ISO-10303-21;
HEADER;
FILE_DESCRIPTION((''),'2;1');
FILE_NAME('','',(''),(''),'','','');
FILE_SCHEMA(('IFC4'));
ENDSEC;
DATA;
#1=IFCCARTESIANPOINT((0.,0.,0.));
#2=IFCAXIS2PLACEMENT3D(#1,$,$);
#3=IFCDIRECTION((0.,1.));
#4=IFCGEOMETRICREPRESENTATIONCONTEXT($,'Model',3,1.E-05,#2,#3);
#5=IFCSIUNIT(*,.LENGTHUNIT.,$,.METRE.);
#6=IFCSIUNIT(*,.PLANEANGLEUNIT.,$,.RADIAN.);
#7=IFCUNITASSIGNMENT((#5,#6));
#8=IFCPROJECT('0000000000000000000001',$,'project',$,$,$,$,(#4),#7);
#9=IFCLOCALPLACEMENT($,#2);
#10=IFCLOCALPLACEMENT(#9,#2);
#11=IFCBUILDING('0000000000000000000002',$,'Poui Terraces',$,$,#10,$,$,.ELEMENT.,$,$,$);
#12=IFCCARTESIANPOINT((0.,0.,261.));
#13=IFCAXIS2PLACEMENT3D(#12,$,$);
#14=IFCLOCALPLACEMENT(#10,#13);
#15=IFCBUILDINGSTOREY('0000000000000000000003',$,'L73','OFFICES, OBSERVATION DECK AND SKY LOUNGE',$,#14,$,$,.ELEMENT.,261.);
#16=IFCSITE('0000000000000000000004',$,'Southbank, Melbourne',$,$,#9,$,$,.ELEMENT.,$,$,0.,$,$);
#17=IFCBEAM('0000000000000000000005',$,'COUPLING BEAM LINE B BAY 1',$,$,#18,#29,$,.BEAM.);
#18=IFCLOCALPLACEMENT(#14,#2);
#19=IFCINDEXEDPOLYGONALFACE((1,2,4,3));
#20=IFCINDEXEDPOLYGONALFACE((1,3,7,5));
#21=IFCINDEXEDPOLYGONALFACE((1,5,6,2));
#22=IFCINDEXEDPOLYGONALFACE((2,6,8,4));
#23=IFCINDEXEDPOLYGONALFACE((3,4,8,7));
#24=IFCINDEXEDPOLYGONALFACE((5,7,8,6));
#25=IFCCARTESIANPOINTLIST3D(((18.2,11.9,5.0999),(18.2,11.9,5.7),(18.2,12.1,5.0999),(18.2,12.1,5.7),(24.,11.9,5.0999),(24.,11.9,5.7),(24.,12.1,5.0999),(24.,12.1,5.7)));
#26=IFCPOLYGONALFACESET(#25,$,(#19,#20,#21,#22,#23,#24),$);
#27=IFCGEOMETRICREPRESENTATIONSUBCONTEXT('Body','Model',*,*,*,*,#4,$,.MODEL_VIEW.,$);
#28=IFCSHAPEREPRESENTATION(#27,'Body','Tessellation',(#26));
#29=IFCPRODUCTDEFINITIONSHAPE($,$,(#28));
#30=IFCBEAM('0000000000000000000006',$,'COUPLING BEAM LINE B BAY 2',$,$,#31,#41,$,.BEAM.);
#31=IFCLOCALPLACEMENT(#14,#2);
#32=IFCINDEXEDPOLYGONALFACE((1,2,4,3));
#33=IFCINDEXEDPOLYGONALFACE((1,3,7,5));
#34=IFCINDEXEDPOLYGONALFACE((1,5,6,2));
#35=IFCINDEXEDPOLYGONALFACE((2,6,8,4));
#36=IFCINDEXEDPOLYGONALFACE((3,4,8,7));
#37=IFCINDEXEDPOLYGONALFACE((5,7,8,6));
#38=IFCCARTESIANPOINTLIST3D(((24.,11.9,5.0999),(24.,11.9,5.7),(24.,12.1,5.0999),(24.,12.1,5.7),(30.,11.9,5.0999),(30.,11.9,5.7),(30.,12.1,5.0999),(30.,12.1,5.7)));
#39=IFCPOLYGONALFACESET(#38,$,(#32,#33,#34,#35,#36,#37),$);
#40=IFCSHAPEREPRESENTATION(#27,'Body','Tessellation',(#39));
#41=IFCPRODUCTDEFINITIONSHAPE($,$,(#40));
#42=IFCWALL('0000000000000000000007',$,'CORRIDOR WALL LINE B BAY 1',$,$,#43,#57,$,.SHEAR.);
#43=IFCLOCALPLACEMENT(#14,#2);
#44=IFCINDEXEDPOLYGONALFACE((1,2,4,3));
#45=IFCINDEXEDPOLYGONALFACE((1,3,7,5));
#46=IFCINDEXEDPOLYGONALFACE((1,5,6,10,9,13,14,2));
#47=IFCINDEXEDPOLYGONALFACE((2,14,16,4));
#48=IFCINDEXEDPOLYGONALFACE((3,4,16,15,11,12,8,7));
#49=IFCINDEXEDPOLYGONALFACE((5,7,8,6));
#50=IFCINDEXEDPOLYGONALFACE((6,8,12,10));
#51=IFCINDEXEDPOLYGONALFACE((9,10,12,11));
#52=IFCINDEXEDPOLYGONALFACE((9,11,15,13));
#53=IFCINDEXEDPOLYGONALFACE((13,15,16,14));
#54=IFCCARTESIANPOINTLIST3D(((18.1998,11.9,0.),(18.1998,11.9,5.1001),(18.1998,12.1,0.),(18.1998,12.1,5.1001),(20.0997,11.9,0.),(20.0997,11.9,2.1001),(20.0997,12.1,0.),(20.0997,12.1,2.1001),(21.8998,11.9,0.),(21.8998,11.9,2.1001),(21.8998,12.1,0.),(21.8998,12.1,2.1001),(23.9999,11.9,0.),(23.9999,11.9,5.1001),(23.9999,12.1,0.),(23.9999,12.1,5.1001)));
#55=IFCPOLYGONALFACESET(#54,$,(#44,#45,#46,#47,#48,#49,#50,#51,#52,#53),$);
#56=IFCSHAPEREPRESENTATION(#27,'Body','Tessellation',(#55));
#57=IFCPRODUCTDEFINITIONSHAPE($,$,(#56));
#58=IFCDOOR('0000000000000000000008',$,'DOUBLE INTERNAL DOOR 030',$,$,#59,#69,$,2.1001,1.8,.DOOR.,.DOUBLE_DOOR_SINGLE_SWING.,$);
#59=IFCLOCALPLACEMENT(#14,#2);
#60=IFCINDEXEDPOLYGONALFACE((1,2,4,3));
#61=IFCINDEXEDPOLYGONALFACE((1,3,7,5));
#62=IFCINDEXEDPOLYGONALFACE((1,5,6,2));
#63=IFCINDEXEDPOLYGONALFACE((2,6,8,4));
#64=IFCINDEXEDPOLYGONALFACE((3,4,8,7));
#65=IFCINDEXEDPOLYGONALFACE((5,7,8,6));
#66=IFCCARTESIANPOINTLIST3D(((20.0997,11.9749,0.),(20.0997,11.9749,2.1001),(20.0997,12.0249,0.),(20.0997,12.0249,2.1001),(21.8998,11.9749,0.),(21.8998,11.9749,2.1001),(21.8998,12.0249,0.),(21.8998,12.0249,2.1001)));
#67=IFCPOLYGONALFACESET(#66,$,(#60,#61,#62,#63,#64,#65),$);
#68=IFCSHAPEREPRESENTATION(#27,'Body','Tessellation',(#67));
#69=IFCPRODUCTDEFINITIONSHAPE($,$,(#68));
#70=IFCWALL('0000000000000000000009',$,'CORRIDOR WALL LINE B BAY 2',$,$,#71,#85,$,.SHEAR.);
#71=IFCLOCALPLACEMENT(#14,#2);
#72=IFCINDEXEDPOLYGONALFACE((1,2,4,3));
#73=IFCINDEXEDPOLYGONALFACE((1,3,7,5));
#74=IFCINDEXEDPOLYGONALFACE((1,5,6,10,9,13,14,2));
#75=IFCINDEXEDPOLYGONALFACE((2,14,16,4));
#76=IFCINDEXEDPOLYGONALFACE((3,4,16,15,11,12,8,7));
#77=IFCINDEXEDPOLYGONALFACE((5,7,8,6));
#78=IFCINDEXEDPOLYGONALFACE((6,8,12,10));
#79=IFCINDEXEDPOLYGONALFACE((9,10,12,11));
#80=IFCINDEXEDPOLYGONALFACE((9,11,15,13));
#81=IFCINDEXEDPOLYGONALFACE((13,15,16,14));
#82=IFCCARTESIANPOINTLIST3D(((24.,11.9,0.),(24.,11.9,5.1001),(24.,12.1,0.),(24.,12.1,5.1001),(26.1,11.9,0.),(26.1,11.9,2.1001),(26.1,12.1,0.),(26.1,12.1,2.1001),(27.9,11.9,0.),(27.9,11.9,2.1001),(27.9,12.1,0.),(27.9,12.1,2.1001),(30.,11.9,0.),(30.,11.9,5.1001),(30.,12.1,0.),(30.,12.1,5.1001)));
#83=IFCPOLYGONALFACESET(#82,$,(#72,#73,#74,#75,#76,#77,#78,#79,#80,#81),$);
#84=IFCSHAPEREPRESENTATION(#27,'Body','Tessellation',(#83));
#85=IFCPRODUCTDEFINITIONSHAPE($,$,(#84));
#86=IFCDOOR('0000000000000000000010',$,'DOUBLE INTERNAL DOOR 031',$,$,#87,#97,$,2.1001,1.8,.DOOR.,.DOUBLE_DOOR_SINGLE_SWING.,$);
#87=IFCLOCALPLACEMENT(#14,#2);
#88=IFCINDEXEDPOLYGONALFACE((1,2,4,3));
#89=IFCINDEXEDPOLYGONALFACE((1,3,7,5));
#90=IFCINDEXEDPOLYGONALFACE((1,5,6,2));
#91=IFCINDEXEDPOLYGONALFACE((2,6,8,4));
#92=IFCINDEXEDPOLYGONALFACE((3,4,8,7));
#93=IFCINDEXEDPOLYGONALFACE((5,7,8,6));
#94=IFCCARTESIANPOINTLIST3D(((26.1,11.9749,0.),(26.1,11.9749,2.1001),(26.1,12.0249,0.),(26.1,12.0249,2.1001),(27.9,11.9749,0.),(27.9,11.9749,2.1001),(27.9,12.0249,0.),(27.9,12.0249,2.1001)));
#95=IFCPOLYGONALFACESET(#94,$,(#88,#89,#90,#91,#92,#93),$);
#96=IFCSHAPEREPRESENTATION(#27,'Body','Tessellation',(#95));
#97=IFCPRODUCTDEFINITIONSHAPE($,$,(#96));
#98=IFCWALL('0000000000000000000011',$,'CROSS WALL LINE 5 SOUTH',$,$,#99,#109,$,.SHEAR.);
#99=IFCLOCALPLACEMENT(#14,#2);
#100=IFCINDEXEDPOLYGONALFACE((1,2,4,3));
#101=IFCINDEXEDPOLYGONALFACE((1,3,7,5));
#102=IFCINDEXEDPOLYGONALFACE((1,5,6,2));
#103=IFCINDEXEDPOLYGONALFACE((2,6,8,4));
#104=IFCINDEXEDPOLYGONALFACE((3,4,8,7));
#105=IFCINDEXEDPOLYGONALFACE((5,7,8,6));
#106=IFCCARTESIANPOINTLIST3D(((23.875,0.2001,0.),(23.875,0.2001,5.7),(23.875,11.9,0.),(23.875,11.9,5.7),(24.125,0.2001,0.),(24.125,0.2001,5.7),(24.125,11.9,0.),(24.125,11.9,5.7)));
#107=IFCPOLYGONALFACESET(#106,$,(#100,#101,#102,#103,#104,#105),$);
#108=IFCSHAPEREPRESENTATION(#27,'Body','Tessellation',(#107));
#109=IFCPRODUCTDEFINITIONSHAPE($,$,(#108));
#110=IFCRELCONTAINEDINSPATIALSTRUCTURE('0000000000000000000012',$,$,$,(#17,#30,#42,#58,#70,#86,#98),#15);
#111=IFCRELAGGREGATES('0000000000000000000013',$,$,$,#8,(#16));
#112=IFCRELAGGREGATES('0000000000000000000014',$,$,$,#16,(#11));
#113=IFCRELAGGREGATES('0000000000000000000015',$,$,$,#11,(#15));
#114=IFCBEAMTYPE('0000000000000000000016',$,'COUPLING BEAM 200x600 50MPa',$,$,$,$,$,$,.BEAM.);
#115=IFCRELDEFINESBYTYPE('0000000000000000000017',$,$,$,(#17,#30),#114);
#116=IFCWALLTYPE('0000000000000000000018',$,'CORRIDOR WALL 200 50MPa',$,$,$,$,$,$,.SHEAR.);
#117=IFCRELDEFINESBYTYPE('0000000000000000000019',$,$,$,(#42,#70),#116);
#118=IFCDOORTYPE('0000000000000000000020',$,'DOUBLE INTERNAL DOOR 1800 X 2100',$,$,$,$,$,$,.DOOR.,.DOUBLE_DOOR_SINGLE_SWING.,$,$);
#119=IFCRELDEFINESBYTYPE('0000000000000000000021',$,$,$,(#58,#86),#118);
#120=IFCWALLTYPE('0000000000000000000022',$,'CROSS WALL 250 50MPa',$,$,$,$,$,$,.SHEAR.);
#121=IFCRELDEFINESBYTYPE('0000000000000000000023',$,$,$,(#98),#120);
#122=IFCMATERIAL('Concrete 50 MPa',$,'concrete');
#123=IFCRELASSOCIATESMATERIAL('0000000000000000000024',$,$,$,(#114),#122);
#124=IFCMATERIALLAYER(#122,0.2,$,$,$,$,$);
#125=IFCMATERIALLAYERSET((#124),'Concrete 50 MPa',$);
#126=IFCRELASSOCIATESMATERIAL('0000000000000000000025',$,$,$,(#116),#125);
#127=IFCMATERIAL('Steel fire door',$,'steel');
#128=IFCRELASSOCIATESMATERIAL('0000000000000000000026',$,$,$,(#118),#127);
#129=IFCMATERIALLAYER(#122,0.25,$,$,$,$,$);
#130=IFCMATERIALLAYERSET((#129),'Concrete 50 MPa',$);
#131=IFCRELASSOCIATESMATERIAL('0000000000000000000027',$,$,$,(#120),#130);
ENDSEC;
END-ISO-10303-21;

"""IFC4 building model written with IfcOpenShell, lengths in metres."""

from ifc_helpers import new_model, si_unit, direction, frame, frame_2d, origin, origin_2d, place, context, subcontext, project, spatial, rectangle, extrude, source, transform, mapped, material, layer, layer_set, material_profile, profile_set, type_object, element, fill, save


model = new_model("IFC4")

# Units and contexts
model_context = context("Model", 3, precision=1e-05, world=origin(), true_north=direction((0.0, 1.0)))
body_context = subcontext(model_context, "Body", "Model", "MODEL_VIEW")
ifc_project = project(units=[si_unit("LENGTHUNIT", "METRE"), si_unit("PLANEANGLEUNIT", "RADIAN")], contexts=[model_context])

# Site, building, storey
site_placement = place(None, origin())
site = spatial("IfcSite", under=ifc_project, at=site_placement, Name="Southbank, Melbourne", CompositionType="ELEMENT", RefElevation=0.0)
building_placement = place(site_placement, origin())
building = spatial("IfcBuilding", under=site, at=building_placement, Name="Poui Terraces", CompositionType="ELEMENT")
storey_placement = place(building_placement, frame((0.0, 0.0, 261.0)))
storey = spatial("IfcBuildingStorey", under=building, at=storey_placement, Name="L73", Description="OFFICES, OBSERVATION DECK AND SKY LOUNGE", CompositionType="ELEMENT", Elevation=261.0)

# Beams
ifc_material_1 = material(Name="Concrete 50 MPa", Category="concrete")
ifc_material_profile = material_profile(ifc_material_1, rectangle(XDim=0.2, YDim=0.6001, at=origin_2d()), Name="RC 200x600")
ifc_profile_set = profile_set([ifc_material_profile], Name="Concrete 50 MPa")
beam_type = type_object("IfcBeamType", Name="COUPLING BEAM 200x600 50MPa", PredefinedType="BEAM", material=ifc_profile_set)
shared_shape_1 = source(origin(), body_context, "Body", "SweptSolid", [
    extrude(rectangle(XDim=0.2, YDim=0.6001, at=origin_2d()), origin(), (0.0, 0.0, 1.0), 5.8),
])
beam_1_placement = place(storey_placement, frame((18.2, 12.0, 5.3999), z_axis=(1.0, 0.0, 0.0), x_axis=(0.0, 1.0, 0.0)))
element("IfcBeam", 1, at=beam_1_placement, inside=storey, type_object=beam_type, Name="COUPLING BEAM LINE B BAY 1", PredefinedType="BEAM", context=body_context, shape_type="MappedRepresentation", body=[
    mapped(shared_shape_1, transform((0.0, 0.0, 0.0))),
])
shared_shape_2 = source(origin(), body_context, "Body", "SweptSolid", [
    extrude(rectangle(XDim=0.2, YDim=0.6001, at=origin_2d()), origin(), (0.0, 0.0, 1.0), 6.0),
])
beam_2_placement = place(storey_placement, frame((24.0, 12.0, 5.3999), z_axis=(1.0, 0.0, 0.0), x_axis=(0.0, 1.0, 0.0)))
element("IfcBeam", 2, at=beam_2_placement, inside=storey, type_object=beam_type, Name="COUPLING BEAM LINE B BAY 2", PredefinedType="BEAM", context=body_context, shape_type="MappedRepresentation", body=[
    mapped(shared_shape_2, transform((0.0, 0.0, 0.0))),
])

# Walls, openings, doors
ifc_layer_1 = layer(ifc_material_1, 0.2)
ifc_layer_set_1 = layer_set([ifc_layer_1], Name="Concrete 50 MPa")
wall_type_1 = type_object("IfcWallType", Name="CORRIDOR WALL 200 50MPa", PredefinedType="SHEAR", material=ifc_layer_set_1)
wall_1_placement = place(storey_placement, frame((18.2, 12.0, 0.0), z_axis=(0.0, 0.0, 1.0), x_axis=(1.0, 0.0, 0.0)))
wall_1 = element("IfcWall", 3, at=wall_1_placement, inside=storey, type_object=wall_type_1, Name="CORRIDOR WALL LINE B BAY 1", PredefinedType="SHEAR", context=body_context, shape_type="SweptSolid", body=[
    extrude(rectangle(XDim=5.8, YDim=0.2, at=frame_2d((2.8999, 0.0))), origin(), (0.0, 0.0, 1.0), 5.1001),
])
opening_1_placement = place(wall_1_placement, frame((1.8999, 0.0, 0.0)))
opening_1 = element("IfcOpeningElement", 4, at=opening_1_placement, cuts=wall_1, PredefinedType="OPENING", context=body_context, shape_type="SweptSolid", body=[
    extrude(rectangle(XDim=1.8, YDim=2.1001, at=frame_2d((0.8999, 1.05))), frame((0.0, 0.1099, 0.0), z_axis=(0.0, -1.0, 0.0), x_axis=(1.0, 0.0, 0.0)), (0.0, 0.0, 1.0), 0.22),
])
ifc_material_2 = material(Name="Steel fire door", Category="steel")
door_type = type_object("IfcDoorType", Name="DOUBLE INTERNAL DOOR 1800 X 2100", OperationType="DOUBLE_DOOR_SINGLE_SWING", PredefinedType="DOOR", material=ifc_material_2)
door_1_placement = place(opening_1_placement, origin())
door_1 = element("IfcDoor", 5, at=door_1_placement, inside=storey, type_object=door_type, Name="DOUBLE INTERNAL DOOR 030", OperationType="DOUBLE_DOOR_SINGLE_SWING", OverallHeight=2.1001, OverallWidth=1.8, PredefinedType="DOOR", context=body_context, shape_type="SweptSolid", body=[
    extrude(rectangle(XDim=1.8, YDim=2.1001, at=frame_2d((0.8999, 1.05))), frame((0.0, 0.0249, 0.0), z_axis=(0.0, -1.0, 0.0), x_axis=(1.0, 0.0, 0.0)), (0.0, 0.0, 1.0), 0.05),
])
fill(opening_1, door_1)
wall_2_placement = place(storey_placement, frame((24.0, 12.0, 0.0), z_axis=(0.0, 0.0, 1.0), x_axis=(1.0, 0.0, 0.0)))
wall_2 = element("IfcWall", 6, at=wall_2_placement, inside=storey, type_object=wall_type_1, Name="CORRIDOR WALL LINE B BAY 2", PredefinedType="SHEAR", context=body_context, shape_type="SweptSolid", body=[
    extrude(rectangle(XDim=6.0, YDim=0.2, at=frame_2d((3.0, 0.0))), origin(), (0.0, 0.0, 1.0), 5.1001),
])
opening_2_placement = place(wall_2_placement, frame((2.1001, 0.0, 0.0)))
opening_2 = element("IfcOpeningElement", 7, at=opening_2_placement, cuts=wall_2, PredefinedType="OPENING", context=body_context, shape_type="SweptSolid", body=[
    extrude(rectangle(XDim=1.8, YDim=2.1001, at=frame_2d((0.8999, 1.05))), frame((0.0, 0.1099, 0.0), z_axis=(0.0, -1.0, 0.0), x_axis=(1.0, 0.0, 0.0)), (0.0, 0.0, 1.0), 0.22),
])
door_2_placement = place(opening_2_placement, origin())
door_2 = element("IfcDoor", 8, at=door_2_placement, inside=storey, type_object=door_type, Name="DOUBLE INTERNAL DOOR 031", OperationType="DOUBLE_DOOR_SINGLE_SWING", OverallHeight=2.1001, OverallWidth=1.8, PredefinedType="DOOR", context=body_context, shape_type="SweptSolid", body=[
    extrude(rectangle(XDim=1.8, YDim=2.1001, at=frame_2d((0.8999, 1.05))), frame((0.0, 0.0249, 0.0), z_axis=(0.0, -1.0, 0.0), x_axis=(1.0, 0.0, 0.0)), (0.0, 0.0, 1.0), 0.05),
])
fill(opening_2, door_2)

# Wall
ifc_layer_2 = layer(ifc_material_1, 0.25)
ifc_layer_set_2 = layer_set([ifc_layer_2], Name="Concrete 50 MPa")
wall_type_2 = type_object("IfcWallType", Name="CROSS WALL 250 50MPa", PredefinedType="SHEAR", material=ifc_layer_set_2)
wall_3_placement = place(storey_placement, frame((24.0, 0.2, 0.0), z_axis=(0.0, 0.0, 1.0), x_axis=(0.0, 1.0, 0.0)))
element("IfcWall", 9, at=wall_3_placement, inside=storey, type_object=wall_type_2, Name="CROSS WALL LINE 5 SOUTH", PredefinedType="SHEAR", context=body_context, shape_type="SweptSolid", body=[
    extrude(rectangle(XDim=11.7, YDim=0.25, at=frame_2d((5.8501, 0.0))), origin(), (0.0, 0.0, 1.0), 5.7),
])

save(model, "model.ifc")
